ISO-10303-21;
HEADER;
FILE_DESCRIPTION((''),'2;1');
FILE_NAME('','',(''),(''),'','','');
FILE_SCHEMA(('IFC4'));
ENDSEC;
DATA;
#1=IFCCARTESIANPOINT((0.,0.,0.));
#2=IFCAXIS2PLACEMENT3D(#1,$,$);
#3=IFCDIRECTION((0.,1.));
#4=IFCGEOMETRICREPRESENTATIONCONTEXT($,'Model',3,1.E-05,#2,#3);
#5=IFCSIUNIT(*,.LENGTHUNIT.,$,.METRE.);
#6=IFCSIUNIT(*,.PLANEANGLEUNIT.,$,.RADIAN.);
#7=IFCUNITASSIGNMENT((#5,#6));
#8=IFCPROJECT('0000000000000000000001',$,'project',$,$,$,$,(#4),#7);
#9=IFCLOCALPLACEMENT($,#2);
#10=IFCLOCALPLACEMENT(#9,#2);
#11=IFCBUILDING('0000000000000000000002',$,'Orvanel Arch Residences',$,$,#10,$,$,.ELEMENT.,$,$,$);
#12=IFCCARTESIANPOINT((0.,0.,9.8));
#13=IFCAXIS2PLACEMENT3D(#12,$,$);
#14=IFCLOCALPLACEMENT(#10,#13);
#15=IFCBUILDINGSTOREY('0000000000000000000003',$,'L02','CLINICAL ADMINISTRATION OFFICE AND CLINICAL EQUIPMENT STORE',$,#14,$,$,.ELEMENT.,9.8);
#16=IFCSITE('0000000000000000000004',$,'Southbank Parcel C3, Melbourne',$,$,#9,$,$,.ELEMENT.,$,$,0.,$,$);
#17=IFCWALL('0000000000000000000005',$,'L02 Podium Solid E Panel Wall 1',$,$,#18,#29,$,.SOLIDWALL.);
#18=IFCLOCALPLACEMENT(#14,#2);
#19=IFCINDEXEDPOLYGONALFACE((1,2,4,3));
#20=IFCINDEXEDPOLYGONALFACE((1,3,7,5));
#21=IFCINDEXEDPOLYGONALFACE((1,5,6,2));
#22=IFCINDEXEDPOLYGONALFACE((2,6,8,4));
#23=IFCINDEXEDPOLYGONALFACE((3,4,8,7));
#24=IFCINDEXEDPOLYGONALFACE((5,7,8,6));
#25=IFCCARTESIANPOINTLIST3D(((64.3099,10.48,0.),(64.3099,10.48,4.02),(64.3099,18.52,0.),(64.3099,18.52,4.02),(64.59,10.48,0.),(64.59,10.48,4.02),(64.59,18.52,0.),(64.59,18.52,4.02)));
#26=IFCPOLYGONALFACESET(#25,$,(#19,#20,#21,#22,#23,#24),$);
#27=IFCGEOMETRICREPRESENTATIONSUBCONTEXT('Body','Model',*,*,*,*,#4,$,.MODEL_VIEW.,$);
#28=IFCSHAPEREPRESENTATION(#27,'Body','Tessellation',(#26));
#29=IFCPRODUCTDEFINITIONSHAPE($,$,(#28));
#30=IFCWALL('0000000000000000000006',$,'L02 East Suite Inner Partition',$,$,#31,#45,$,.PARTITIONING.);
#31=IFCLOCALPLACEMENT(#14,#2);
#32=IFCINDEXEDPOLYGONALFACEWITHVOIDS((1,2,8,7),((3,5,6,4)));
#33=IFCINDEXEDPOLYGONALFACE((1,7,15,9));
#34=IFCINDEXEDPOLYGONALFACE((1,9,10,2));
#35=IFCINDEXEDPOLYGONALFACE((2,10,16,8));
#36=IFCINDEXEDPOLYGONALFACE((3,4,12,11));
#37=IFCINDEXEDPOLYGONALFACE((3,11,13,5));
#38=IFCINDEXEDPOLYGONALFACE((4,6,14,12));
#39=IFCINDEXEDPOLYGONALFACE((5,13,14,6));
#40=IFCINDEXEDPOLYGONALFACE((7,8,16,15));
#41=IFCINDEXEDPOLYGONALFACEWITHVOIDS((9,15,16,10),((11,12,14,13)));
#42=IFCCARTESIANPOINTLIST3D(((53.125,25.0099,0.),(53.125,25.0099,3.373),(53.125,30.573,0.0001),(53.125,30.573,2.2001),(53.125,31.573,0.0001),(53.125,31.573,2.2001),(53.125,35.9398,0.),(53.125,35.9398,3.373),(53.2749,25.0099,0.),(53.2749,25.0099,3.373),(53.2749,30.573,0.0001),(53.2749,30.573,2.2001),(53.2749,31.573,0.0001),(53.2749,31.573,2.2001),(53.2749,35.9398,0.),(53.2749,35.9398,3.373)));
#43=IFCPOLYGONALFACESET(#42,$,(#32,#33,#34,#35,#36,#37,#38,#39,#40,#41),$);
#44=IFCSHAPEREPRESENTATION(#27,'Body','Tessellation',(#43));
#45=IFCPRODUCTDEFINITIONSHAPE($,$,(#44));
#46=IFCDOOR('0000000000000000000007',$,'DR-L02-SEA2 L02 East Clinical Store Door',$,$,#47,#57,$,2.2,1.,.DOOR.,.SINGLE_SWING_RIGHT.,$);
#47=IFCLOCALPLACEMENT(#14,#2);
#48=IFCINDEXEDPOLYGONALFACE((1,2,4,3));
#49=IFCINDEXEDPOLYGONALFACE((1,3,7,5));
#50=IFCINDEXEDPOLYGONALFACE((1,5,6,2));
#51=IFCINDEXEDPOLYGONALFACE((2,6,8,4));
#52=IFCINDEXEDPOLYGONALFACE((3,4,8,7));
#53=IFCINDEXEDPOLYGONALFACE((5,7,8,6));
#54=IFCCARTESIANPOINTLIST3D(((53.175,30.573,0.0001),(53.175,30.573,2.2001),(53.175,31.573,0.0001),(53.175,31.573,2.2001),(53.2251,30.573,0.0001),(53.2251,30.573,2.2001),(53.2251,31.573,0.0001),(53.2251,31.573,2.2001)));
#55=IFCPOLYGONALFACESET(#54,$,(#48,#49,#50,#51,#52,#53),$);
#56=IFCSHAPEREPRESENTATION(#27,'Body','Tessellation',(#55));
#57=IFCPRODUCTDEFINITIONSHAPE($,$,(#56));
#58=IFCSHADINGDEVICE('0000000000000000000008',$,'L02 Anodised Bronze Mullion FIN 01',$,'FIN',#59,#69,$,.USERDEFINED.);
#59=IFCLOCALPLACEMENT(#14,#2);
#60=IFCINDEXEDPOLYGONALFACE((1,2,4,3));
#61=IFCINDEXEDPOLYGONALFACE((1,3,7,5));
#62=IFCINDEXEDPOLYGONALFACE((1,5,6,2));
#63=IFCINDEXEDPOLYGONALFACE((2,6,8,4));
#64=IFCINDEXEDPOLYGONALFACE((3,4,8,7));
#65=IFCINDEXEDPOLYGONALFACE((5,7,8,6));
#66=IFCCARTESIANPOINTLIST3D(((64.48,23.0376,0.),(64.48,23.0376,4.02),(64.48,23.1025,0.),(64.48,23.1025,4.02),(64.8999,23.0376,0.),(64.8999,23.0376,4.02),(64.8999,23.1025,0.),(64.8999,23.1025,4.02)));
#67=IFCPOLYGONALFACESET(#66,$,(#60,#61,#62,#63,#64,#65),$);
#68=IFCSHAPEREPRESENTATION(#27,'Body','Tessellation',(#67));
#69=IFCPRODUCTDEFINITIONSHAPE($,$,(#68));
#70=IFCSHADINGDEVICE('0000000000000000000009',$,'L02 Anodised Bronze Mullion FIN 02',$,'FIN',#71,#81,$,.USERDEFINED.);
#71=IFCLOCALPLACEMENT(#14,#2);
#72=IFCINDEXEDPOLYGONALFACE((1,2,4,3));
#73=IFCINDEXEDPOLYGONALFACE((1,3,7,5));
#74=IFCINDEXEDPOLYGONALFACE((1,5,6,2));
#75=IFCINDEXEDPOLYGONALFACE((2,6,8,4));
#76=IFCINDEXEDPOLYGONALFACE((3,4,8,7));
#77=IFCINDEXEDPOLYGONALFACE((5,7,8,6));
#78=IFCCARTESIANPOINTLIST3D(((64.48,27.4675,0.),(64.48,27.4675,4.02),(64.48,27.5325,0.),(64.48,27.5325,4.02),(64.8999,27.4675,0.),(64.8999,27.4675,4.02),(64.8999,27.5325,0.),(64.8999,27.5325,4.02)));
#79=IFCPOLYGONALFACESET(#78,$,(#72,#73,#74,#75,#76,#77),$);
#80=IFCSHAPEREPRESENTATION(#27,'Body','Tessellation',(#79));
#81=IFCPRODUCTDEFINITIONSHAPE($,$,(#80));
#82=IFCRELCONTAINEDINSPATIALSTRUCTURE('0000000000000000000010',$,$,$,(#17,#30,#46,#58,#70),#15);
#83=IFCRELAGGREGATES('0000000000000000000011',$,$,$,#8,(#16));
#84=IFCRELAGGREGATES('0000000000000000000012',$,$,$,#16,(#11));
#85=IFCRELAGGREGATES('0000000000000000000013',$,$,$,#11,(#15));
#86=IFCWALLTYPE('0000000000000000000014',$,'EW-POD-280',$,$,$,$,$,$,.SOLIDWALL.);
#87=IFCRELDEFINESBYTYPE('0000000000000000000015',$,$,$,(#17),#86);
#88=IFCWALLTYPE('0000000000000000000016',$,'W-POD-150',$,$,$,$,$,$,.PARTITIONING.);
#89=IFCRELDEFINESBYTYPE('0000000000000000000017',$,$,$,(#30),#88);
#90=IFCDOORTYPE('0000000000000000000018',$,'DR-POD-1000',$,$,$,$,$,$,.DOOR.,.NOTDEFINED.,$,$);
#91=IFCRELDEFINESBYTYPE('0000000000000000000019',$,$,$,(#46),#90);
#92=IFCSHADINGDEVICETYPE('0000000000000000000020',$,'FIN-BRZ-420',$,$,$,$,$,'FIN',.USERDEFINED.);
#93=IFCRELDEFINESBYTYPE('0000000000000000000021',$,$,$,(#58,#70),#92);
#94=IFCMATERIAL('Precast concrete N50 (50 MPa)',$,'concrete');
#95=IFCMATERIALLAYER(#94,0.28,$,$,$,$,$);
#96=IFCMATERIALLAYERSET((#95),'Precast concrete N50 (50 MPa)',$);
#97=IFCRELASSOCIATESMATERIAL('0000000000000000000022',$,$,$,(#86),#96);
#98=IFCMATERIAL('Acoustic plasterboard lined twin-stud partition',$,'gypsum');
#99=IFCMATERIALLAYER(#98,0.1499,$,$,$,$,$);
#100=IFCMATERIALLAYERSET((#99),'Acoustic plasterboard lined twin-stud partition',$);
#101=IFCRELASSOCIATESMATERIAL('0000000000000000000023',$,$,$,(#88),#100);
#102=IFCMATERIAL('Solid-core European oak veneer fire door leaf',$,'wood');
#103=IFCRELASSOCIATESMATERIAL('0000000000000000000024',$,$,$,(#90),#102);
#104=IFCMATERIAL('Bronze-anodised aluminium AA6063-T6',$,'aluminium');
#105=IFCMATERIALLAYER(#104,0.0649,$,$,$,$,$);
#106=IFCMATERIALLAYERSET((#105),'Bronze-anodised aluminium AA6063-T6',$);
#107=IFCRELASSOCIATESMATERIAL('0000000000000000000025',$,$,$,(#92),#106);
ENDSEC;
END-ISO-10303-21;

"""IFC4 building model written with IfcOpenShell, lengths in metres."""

from ifc_helpers import new_model, si_unit, direction, frame, frame_2d, origin, origin_2d, place, context, subcontext, project, spatial, rectangle, extrude, material, layer, layer_set, type_object, element, fill, save


model = new_model("IFC4")

# Units and contexts
model_context = context("Model", 3, precision=1e-05, world=origin(), true_north=direction((0.0, 1.0)))
body_context = subcontext(model_context, "Body", "Model", "MODEL_VIEW")
ifc_project = project(units=[si_unit("LENGTHUNIT", "METRE"), si_unit("PLANEANGLEUNIT", "RADIAN")], contexts=[model_context])

# Site, building, storey
site_placement = place(None, origin())
site = spatial("IfcSite", under=ifc_project, at=site_placement, Name="Southbank Parcel C3, Melbourne", CompositionType="ELEMENT", RefElevation=0.0)
building_placement = place(site_placement, origin())
building = spatial("IfcBuilding", under=site, at=building_placement, Name="Orvanel Arch Residences", CompositionType="ELEMENT")
storey_placement = place(building_placement, frame((0.0, 0.0, 9.8)))
storey = spatial("IfcBuildingStorey", under=building, at=storey_placement, Name="L02", Description="CLINICAL ADMINISTRATION OFFICE AND CLINICAL EQUIPMENT STORE", CompositionType="ELEMENT", Elevation=9.8)

# Shared definitions
ifc_material_1 = material(Name="Bronze-anodised aluminium AA6063-T6", Category="aluminium")

# Wall
ifc_material_2 = material(Name="Precast concrete N50 (50 MPa)", Category="concrete")
ifc_layer_1 = layer(ifc_material_2, 0.28)
ifc_layer_set_1 = layer_set([ifc_layer_1], Name="Precast concrete N50 (50 MPa)")
wall_type_1 = type_object("IfcWallType", Name="EW-POD-280", PredefinedType="SOLIDWALL", material=ifc_layer_set_1)
wall_1_placement = place(storey_placement, frame((64.45, 10.48, 0.0), z_axis=(0.0, 0.0, 1.0), x_axis=(0.0, 1.0, 0.0)))
element("IfcWall", 1, at=wall_1_placement, inside=storey, type_object=wall_type_1, Name="L02 Podium Solid E Panel Wall 1", PredefinedType="SOLIDWALL", context=body_context, shape_type="SweptSolid", body=[
    extrude(rectangle(XDim=8.04, YDim=0.28, at=frame_2d((4.02, 0.0))), origin(), (0.0, 0.0, 1.0), 4.02),
])

# Wall, opening, door
ifc_material_3 = material(Name="Acoustic plasterboard lined twin-stud partition", Category="gypsum")
ifc_layer_2 = layer(ifc_material_3, 0.1499)
ifc_layer_set_2 = layer_set([ifc_layer_2], Name="Acoustic plasterboard lined twin-stud partition")
wall_type_2 = type_object("IfcWallType", Name="W-POD-150", PredefinedType="PARTITIONING", material=ifc_layer_set_2)
wall_2_placement = place(storey_placement, frame((53.2, 25.01, 0.0), z_axis=(0.0, 0.0, 1.0), x_axis=(0.0, 1.0, 0.0)))
wall_2 = element("IfcWall", 2, at=wall_2_placement, inside=storey, type_object=wall_type_2, Name="L02 East Suite Inner Partition", PredefinedType="PARTITIONING", context=body_context, shape_type="SweptSolid", body=[
    extrude(rectangle(XDim=10.9299, YDim=0.1499, at=frame_2d((5.4648, 0.0))), origin(), (0.0, 0.0, 1.0), 3.373),
])
opening_placement = place(wall_2_placement, frame((5.563, 0.0, 0.0)))
opening = element("IfcOpeningElement", 3, at=opening_placement, cuts=wall_2, PredefinedType="OPENING", context=body_context, shape_type="SweptSolid", body=[
    extrude(rectangle(XDim=1.0, YDim=2.2, at=frame_2d((0.5, 1.1001))), frame((0.0, 0.085, 0.0), z_axis=(0.0, -1.0, 0.0), x_axis=(1.0, 0.0, 0.0)), (0.0, 0.0, 1.0), 0.1699),
])
ifc_material_4 = material(Name="Solid-core European oak veneer fire door leaf", Category="wood")
door_type = type_object("IfcDoorType", Name="DR-POD-1000", OperationType="NOTDEFINED", PredefinedType="DOOR", material=ifc_material_4)
door_placement = place(opening_placement, origin())
door = element("IfcDoor", 4, at=door_placement, inside=storey, type_object=door_type, Name="DR-L02-SEA2 L02 East Clinical Store Door", OperationType="SINGLE_SWING_RIGHT", OverallHeight=2.2, OverallWidth=1.0, PredefinedType="DOOR", context=body_context, shape_type="SweptSolid", body=[
    extrude(rectangle(XDim=1.0, YDim=2.2, at=frame_2d((0.5, 1.1001))), frame((0.0, 0.0249, 0.0), z_axis=(0.0, -1.0, 0.0), x_axis=(1.0, 0.0, 0.0)), (0.0, 0.0, 1.0), 0.05),
])
fill(opening, door)

# Shading devices
ifc_layer_3 = layer(ifc_material_1, 0.0649)
ifc_layer_set_3 = layer_set([ifc_layer_3], Name="Bronze-anodised aluminium AA6063-T6")
shading_device_type = type_object("IfcShadingDeviceType", Name="FIN-BRZ-420", ElementType="FIN", PredefinedType="USERDEFINED", material=ifc_layer_set_3)
for number, where, z_axis, x_axis, name in (
    (5, (64.6899, 23.0701, 0.0), (0.0, 0.0, 1.0), (1.0, 0.0, 0.0), "L02 Anodised Bronze Mullion FIN 01"),
    (6, (64.6899, 27.5, 0.0), (0.0, 0.0, 1.0), (1.0, 0.0, 0.0), "L02 Anodised Bronze Mullion FIN 02"),
):
    element("IfcShadingDevice", number, at=place(storey_placement, frame(where, z_axis=z_axis, x_axis=x_axis)), inside=storey, type_object=shading_device_type, Name=name, ObjectType="FIN", PredefinedType="USERDEFINED", context=body_context, shape_type="SweptSolid", body=[
        extrude(rectangle(XDim=0.4199, YDim=0.0649, at=origin_2d()), origin(), (0.0, 0.0, 1.0), 4.02),
    ])

save(model, "model.ifc")
